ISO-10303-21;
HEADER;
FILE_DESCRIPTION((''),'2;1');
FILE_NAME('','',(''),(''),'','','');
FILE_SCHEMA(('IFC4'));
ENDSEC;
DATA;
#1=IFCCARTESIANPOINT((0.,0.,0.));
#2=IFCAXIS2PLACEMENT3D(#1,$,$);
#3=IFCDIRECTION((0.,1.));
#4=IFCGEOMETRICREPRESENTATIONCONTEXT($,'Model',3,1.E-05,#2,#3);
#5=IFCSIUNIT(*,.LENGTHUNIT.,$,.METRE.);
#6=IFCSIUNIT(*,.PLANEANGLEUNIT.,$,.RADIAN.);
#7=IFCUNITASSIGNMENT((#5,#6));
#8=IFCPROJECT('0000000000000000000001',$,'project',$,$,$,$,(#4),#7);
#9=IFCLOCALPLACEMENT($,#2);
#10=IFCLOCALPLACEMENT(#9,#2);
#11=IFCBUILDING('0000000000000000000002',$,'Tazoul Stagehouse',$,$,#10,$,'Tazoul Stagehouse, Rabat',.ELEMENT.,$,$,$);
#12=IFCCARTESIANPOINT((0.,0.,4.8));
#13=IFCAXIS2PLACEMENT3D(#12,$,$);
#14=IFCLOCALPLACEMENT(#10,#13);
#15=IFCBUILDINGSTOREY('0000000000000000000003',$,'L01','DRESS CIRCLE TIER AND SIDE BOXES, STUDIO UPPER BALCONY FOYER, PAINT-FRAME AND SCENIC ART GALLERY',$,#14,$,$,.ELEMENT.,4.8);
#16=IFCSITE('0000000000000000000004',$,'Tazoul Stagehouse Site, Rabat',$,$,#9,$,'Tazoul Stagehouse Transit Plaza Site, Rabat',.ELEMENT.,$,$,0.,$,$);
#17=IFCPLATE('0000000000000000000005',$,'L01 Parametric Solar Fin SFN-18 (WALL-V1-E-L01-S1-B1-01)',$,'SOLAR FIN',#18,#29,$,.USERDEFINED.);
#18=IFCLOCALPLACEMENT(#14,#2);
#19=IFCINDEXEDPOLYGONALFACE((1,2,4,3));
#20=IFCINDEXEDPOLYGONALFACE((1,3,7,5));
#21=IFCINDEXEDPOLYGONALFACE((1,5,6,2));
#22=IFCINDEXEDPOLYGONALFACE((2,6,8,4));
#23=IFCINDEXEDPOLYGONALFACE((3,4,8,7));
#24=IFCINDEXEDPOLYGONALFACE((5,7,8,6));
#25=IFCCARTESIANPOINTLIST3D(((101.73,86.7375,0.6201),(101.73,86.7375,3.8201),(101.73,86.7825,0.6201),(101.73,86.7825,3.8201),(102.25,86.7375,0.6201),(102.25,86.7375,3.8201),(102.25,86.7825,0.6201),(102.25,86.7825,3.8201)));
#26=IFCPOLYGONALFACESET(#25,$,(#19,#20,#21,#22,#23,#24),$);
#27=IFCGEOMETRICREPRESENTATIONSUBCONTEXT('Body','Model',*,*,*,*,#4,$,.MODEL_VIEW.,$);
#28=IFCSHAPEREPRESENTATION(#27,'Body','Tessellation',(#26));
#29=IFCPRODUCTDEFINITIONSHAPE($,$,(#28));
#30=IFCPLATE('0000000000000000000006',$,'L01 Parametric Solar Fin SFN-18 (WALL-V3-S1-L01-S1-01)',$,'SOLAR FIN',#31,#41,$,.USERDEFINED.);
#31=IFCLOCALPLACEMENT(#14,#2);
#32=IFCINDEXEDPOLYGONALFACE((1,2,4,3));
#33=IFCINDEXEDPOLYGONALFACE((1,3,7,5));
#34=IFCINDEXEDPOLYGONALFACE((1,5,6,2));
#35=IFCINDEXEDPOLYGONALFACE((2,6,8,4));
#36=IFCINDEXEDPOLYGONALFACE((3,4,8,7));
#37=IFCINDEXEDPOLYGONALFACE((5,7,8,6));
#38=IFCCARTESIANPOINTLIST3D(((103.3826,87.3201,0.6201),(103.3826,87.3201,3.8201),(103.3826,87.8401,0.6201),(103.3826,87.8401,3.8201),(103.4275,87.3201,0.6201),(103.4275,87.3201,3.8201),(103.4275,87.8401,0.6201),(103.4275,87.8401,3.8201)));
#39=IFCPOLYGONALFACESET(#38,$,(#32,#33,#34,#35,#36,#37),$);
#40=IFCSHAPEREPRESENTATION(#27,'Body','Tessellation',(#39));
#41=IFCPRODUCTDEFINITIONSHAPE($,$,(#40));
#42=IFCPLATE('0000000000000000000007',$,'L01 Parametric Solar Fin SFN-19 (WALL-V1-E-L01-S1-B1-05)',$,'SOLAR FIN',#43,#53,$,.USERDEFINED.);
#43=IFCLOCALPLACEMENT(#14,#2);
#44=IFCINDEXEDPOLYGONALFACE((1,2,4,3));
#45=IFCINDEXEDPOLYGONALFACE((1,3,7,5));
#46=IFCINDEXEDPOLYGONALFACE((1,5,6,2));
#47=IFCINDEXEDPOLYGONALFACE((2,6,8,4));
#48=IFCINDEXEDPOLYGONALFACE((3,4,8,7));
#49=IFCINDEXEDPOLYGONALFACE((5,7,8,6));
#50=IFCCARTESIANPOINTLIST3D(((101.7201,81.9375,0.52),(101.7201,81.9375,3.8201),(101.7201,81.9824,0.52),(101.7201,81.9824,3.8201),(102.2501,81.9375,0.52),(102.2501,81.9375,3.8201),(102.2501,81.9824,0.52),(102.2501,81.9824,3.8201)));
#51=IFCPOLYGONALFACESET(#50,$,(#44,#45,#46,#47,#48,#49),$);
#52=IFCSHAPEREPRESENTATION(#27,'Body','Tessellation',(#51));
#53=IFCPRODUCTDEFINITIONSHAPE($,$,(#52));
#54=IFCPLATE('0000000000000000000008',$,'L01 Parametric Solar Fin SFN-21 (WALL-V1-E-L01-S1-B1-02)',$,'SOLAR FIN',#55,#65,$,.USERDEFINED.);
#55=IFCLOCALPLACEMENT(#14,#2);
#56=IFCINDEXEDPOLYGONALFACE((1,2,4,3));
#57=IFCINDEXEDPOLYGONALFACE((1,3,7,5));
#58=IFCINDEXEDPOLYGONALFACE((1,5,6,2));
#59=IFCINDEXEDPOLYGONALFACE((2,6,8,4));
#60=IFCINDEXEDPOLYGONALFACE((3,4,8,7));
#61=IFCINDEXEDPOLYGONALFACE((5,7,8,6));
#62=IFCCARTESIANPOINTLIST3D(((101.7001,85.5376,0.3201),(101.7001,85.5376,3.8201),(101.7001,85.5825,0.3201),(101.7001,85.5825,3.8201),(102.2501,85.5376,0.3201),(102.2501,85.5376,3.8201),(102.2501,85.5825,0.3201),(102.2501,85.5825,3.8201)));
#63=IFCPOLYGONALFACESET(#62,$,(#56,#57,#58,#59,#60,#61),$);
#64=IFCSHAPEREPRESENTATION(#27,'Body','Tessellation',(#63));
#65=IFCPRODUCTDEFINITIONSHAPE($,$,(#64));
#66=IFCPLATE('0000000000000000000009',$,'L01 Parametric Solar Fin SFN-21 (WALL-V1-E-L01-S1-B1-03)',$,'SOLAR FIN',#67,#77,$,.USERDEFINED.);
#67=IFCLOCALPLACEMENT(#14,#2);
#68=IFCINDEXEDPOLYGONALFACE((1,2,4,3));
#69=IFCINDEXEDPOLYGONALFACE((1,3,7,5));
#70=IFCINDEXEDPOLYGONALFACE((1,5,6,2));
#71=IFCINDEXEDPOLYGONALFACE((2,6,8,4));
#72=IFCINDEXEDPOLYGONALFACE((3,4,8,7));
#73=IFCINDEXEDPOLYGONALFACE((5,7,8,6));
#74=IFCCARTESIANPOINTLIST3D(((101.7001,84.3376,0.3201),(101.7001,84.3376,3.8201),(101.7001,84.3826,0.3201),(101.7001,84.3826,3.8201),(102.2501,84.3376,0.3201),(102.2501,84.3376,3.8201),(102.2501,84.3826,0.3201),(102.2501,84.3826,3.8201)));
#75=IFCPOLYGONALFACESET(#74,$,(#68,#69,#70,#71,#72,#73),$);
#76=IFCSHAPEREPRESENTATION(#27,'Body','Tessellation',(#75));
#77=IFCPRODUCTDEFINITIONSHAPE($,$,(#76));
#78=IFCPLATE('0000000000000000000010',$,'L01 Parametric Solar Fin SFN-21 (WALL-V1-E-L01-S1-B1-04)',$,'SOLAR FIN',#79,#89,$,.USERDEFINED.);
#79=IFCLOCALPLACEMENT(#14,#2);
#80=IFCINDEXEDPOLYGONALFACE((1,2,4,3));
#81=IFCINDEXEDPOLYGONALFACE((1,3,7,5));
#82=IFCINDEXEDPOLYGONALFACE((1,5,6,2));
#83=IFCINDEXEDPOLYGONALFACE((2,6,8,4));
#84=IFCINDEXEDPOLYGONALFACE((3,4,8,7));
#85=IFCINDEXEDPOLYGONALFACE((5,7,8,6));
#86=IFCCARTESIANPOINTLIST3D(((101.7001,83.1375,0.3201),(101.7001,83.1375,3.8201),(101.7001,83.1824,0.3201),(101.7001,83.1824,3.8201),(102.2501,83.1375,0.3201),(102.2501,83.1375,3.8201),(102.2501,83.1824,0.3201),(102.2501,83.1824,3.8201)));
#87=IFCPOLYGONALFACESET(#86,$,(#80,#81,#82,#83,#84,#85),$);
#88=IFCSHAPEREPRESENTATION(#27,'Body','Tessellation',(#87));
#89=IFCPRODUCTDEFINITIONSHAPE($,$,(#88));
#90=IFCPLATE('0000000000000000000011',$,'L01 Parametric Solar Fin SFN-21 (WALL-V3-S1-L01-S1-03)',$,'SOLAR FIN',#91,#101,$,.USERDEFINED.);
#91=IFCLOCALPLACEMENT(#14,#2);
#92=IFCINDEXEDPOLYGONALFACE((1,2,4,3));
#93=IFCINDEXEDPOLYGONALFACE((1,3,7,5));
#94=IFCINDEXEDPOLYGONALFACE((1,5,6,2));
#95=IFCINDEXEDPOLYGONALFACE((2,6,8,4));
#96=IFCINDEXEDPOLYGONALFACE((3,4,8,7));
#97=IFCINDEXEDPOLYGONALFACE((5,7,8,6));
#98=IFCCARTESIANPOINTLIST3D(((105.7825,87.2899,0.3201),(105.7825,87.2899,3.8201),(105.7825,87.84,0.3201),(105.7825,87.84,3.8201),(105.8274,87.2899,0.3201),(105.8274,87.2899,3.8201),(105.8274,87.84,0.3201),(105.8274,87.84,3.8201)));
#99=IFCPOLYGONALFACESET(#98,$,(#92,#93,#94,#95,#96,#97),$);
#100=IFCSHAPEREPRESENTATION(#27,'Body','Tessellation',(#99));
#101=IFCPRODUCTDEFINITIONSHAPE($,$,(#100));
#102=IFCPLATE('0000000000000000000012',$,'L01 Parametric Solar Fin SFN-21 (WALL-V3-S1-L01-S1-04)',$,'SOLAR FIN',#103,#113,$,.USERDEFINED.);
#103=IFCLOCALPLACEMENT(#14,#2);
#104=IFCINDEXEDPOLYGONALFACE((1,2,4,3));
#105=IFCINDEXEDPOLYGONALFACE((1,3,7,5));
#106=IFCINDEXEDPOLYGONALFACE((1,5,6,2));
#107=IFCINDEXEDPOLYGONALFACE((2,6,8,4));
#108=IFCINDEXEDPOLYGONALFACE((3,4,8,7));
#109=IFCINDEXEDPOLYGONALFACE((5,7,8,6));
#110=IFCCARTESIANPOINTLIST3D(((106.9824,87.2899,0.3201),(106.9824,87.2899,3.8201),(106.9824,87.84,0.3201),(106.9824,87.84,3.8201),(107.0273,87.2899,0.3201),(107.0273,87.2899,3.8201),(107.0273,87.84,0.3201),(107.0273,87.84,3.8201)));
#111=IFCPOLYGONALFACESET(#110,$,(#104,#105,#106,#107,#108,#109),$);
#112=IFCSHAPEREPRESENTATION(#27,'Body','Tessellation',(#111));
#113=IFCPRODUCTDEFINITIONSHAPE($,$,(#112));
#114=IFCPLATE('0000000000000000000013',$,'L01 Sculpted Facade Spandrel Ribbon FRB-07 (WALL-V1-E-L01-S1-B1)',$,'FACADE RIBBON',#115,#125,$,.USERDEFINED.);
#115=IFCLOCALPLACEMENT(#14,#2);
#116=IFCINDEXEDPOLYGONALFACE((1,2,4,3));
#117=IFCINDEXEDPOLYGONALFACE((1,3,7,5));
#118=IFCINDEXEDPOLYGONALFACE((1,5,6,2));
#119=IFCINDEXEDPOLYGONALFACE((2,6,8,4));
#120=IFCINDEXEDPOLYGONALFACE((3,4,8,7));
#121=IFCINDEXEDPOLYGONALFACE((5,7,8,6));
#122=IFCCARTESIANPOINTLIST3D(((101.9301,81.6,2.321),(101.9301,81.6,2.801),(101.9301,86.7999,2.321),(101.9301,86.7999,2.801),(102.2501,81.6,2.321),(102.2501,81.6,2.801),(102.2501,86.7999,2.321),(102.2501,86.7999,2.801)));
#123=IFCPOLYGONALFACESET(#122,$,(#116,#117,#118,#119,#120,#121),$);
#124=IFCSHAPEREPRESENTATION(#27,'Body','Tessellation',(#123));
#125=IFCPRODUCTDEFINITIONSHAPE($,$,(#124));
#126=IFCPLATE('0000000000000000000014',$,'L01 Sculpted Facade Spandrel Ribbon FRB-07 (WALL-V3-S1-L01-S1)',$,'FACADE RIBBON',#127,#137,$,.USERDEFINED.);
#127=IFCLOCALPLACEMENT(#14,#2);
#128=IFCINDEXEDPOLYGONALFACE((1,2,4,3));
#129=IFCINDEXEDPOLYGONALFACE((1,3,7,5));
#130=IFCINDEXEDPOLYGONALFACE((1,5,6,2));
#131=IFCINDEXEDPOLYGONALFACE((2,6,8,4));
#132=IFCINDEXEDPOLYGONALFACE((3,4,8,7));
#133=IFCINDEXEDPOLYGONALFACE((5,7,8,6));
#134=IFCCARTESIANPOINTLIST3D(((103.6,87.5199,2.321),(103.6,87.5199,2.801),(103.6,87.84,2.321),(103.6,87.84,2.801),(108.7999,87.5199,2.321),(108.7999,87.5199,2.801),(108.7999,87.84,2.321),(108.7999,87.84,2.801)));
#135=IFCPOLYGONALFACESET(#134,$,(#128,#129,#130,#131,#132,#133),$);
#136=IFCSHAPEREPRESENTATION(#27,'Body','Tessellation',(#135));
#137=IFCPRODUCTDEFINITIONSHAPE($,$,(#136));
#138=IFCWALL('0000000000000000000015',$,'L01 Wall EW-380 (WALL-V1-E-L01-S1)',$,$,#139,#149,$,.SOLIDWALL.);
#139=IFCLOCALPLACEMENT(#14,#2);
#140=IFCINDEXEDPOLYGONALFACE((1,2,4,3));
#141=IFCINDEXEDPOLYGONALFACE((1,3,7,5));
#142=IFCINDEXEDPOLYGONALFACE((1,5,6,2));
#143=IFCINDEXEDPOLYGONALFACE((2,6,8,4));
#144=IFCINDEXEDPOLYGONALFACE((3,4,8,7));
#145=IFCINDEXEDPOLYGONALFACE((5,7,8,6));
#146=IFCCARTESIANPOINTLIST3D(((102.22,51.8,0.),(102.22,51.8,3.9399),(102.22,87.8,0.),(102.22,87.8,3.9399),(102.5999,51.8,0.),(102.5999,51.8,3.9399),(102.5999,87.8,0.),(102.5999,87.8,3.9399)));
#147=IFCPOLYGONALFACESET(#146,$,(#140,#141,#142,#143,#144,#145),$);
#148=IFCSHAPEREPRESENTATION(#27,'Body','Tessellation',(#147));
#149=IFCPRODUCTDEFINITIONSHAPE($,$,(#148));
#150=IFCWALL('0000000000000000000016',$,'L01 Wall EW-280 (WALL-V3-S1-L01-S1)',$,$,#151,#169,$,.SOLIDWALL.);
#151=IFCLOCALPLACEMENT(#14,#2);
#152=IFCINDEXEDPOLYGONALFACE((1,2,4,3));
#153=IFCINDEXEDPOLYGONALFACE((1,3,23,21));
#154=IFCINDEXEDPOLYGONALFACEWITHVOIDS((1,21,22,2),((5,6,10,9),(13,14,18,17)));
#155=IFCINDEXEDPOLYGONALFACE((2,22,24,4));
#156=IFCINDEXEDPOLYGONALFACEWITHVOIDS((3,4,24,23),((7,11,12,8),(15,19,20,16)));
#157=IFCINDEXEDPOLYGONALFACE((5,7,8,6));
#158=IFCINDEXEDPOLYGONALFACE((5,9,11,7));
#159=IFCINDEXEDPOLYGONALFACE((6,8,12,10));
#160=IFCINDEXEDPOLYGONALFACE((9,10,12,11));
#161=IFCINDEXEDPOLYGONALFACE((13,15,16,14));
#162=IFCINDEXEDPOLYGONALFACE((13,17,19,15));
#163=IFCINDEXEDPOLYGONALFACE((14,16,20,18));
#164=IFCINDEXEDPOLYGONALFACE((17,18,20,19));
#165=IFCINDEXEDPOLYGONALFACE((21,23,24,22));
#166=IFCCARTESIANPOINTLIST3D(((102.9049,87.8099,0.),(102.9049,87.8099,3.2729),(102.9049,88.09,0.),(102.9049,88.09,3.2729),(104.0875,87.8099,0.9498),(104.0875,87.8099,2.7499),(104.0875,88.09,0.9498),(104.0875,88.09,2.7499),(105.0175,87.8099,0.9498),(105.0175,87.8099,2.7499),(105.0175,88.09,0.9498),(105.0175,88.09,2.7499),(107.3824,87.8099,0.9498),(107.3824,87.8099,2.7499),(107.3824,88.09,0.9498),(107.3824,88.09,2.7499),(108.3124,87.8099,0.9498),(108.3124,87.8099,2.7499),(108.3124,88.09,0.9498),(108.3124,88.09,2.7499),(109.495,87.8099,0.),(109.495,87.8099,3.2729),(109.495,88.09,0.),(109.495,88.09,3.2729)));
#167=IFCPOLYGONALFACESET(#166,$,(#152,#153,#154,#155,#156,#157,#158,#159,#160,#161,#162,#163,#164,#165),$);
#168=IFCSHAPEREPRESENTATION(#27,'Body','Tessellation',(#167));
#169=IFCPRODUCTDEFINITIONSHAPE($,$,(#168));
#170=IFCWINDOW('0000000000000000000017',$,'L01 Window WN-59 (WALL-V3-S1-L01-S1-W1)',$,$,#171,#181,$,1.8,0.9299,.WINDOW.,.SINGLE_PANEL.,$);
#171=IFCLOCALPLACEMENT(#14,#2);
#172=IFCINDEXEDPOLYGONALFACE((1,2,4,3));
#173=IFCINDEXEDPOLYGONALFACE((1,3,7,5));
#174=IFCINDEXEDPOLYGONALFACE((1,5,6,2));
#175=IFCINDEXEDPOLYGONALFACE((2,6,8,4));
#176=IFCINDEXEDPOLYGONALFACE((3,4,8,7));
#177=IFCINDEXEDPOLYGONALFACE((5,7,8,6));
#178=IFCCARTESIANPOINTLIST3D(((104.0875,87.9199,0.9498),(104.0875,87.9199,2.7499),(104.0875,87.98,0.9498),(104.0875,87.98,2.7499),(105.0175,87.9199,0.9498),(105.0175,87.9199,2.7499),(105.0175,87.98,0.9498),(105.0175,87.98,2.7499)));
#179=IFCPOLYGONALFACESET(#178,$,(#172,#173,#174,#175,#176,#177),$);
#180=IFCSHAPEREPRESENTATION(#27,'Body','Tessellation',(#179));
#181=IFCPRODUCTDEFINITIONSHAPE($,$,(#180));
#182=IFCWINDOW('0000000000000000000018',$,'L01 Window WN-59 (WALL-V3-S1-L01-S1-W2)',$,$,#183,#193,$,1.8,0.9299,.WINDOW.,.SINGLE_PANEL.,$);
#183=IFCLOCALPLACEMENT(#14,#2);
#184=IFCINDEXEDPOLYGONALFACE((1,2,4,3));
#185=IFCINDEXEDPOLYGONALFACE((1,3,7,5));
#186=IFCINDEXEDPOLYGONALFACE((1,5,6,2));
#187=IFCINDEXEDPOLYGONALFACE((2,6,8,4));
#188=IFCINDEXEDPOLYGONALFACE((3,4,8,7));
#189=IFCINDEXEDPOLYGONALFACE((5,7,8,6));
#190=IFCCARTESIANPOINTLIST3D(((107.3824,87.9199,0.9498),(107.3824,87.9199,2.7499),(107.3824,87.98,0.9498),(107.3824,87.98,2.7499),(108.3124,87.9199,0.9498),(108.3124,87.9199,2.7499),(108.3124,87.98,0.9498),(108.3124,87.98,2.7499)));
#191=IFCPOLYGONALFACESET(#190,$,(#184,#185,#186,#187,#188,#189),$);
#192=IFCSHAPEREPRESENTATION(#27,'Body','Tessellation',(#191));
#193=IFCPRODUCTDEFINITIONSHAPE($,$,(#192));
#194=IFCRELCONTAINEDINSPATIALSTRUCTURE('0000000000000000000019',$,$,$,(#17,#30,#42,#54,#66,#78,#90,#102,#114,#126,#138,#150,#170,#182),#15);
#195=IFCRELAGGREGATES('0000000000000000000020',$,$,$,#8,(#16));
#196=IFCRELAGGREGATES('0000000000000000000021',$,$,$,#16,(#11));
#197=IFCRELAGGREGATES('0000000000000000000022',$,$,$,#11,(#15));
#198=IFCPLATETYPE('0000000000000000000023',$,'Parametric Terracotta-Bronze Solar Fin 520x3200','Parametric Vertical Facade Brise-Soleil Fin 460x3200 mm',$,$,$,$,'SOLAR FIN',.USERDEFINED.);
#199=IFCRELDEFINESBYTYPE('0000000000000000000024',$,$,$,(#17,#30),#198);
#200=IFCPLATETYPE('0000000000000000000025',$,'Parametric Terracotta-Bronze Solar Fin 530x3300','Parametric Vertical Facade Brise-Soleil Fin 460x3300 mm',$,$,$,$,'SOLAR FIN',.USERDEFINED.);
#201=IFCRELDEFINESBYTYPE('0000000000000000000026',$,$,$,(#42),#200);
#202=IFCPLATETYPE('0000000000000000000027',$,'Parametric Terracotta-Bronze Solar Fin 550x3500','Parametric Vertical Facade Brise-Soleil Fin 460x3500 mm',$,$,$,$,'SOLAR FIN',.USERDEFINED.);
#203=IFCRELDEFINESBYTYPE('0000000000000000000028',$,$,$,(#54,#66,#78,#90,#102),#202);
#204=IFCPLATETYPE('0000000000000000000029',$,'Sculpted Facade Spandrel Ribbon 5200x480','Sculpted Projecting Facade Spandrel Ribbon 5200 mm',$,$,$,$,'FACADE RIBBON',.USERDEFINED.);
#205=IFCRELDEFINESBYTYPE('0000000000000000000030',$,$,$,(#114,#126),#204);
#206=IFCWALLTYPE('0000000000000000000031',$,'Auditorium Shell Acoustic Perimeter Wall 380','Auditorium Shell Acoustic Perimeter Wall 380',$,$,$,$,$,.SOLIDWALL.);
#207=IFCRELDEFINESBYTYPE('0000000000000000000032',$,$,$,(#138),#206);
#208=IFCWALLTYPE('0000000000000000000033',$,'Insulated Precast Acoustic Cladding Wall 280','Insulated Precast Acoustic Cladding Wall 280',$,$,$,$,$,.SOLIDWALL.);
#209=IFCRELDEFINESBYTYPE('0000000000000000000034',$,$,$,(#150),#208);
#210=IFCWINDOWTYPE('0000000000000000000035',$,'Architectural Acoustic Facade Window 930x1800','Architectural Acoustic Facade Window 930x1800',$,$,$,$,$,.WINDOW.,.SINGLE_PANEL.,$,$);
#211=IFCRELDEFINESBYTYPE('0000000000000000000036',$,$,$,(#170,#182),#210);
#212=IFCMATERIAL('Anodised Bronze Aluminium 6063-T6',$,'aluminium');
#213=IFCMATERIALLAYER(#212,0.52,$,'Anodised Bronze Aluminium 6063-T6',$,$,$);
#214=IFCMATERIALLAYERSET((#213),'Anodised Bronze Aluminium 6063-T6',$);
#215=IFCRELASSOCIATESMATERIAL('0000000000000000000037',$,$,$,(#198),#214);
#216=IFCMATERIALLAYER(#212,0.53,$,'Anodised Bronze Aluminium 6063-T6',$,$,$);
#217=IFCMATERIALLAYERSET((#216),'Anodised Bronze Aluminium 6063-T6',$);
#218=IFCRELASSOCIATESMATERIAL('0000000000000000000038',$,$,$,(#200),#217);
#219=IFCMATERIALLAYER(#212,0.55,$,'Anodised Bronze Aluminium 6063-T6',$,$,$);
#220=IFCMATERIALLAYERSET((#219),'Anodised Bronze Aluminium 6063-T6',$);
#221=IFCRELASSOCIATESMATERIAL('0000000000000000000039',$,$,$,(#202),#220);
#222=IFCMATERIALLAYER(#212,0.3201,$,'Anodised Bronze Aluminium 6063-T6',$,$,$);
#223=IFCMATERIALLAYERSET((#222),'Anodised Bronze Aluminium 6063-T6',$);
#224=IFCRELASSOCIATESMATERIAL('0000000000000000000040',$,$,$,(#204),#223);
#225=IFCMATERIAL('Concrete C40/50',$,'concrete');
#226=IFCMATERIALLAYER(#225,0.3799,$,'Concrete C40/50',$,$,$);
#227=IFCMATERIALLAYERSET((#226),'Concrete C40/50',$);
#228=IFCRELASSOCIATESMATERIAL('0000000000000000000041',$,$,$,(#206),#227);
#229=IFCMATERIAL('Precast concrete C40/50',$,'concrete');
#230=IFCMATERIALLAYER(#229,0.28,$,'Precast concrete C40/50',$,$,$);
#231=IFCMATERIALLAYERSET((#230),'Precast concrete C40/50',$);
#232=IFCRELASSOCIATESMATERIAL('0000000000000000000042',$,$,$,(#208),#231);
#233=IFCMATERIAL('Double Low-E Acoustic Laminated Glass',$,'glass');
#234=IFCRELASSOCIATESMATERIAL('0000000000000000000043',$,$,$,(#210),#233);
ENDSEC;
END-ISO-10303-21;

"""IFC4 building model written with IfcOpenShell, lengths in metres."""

from ifc_helpers import new_model, si_unit, direction, frame, frame_2d, origin, origin_2d, place, context, subcontext, project, spatial, rectangle, extrude, material, layer, layer_set, type_object, element, fill, save


model = new_model("IFC4")

# Units and contexts
model_context = context("Model", 3, precision=1e-05, world=origin(), true_north=direction((0.0, 1.0)))
body_context = subcontext(model_context, "Body", "Model", "MODEL_VIEW")
ifc_project = project(units=[si_unit("LENGTHUNIT", "METRE"), si_unit("PLANEANGLEUNIT", "RADIAN")], contexts=[model_context])

# Site, building, storey
site_placement = place(None, origin())
site = spatial("IfcSite", under=ifc_project, at=site_placement, Name="Tazoul Stagehouse Site, Rabat", LongName="Tazoul Stagehouse Transit Plaza Site, Rabat", CompositionType="ELEMENT", RefElevation=0.0)
building_placement = place(site_placement, origin())
building = spatial("IfcBuilding", under=site, at=building_placement, Name="Tazoul Stagehouse", LongName="Tazoul Stagehouse, Rabat", CompositionType="ELEMENT")
storey_placement = place(building_placement, frame((0.0, 0.0, 4.8)))
storey = spatial("IfcBuildingStorey", under=building, at=storey_placement, Name="L01", Description="DRESS CIRCLE TIER AND SIDE BOXES, STUDIO UPPER BALCONY FOYER, PAINT-FRAME AND SCENIC ART GALLERY", CompositionType="ELEMENT", Elevation=4.8)

# Shared definitions
ifc_material_1 = material(Name="Concrete C40/50", Category="concrete")

# Plates
ifc_material_2 = material(Name="Anodised Bronze Aluminium 6063-T6", Category="aluminium")
ifc_layer_1 = layer(ifc_material_2, 0.52, Name="Anodised Bronze Aluminium 6063-T6")
ifc_layer_set_1 = layer_set([ifc_layer_1], Name="Anodised Bronze Aluminium 6063-T6")
plate_type_1 = type_object("IfcPlateType", Name="Parametric Terracotta-Bronze Solar Fin 520x3200", Description="Parametric Vertical Facade Brise-Soleil Fin 460x3200 mm", ElementType="SOLAR FIN", PredefinedType="USERDEFINED", material=ifc_layer_set_1)
for number, where, z_axis, x_axis, name in (
    (1, (101.99, 86.76, 0.6201), (0.0, 0.0, 1.0), (0.0, -1.0, 0.0), "L01 Parametric Solar Fin SFN-18 (WALL-V1-E-L01-S1-B1-01)"),
    (2, (103.405, 87.5801, 0.6201), (0.0, 0.0, 1.0), (1.0, 0.0, 0.0), "L01 Parametric Solar Fin SFN-18 (WALL-V3-S1-L01-S1-01)"),
):
    element("IfcPlate", number, at=place(storey_placement, frame(where, z_axis=z_axis, x_axis=x_axis)), inside=storey, type_object=plate_type_1, Name=name, ObjectType="SOLAR FIN", PredefinedType="USERDEFINED", context=body_context, shape_type="SweptSolid", body=[
        extrude(rectangle(XDim=0.0449, YDim=0.52, at=origin_2d()), origin(), (0.0, 0.0, 1.0), 3.2),
    ])
ifc_layer_2 = layer(ifc_material_2, 0.53, Name="Anodised Bronze Aluminium 6063-T6")
ifc_layer_set_2 = layer_set([ifc_layer_2], Name="Anodised Bronze Aluminium 6063-T6")
plate_type_2 = type_object("IfcPlateType", Name="Parametric Terracotta-Bronze Solar Fin 530x3300", Description="Parametric Vertical Facade Brise-Soleil Fin 460x3300 mm", ElementType="SOLAR FIN", PredefinedType="USERDEFINED", material=ifc_layer_set_2)
plate_placement = place(storey_placement, frame((101.9851, 81.96, 0.52), z_axis=(0.0, 0.0, 1.0), x_axis=(0.0, -1.0, 0.0)))
element("IfcPlate", 3, at=plate_placement, inside=storey, type_object=plate_type_2, Name="L01 Parametric Solar Fin SFN-19 (WALL-V1-E-L01-S1-B1-05)", ObjectType="SOLAR FIN", PredefinedType="USERDEFINED", context=body_context, shape_type="SweptSolid", body=[
    extrude(rectangle(XDim=0.0449, YDim=0.53, at=origin_2d()), origin(), (0.0, 0.0, 1.0), 3.3),
])
ifc_layer_3 = layer(ifc_material_2, 0.55, Name="Anodised Bronze Aluminium 6063-T6")
ifc_layer_set_3 = layer_set([ifc_layer_3], Name="Anodised Bronze Aluminium 6063-T6")
plate_type_3 = type_object("IfcPlateType", Name="Parametric Terracotta-Bronze Solar Fin 550x3500", Description="Parametric Vertical Facade Brise-Soleil Fin 460x3500 mm", ElementType="SOLAR FIN", PredefinedType="USERDEFINED", material=ifc_layer_set_3)
for number, where, z_axis, x_axis, name in (
    (4, (101.9751, 85.5601, 0.3201), (0.0, 0.0, 1.0), (0.0, -1.0, 0.0), "L01 Parametric Solar Fin SFN-21 (WALL-V1-E-L01-S1-B1-02)"),
    (5, (101.9751, 84.3601, 0.3201), (0.0, 0.0, 1.0), (0.0, -1.0, 0.0), "L01 Parametric Solar Fin SFN-21 (WALL-V1-E-L01-S1-B1-03)"),
    (6, (101.9751, 83.1599, 0.3201), (0.0, 0.0, 1.0), (0.0, -1.0, 0.0), "L01 Parametric Solar Fin SFN-21 (WALL-V1-E-L01-S1-B1-04)"),
    (7, (105.8049, 87.5649, 0.3201), (0.0, 0.0, 1.0), (1.0, 0.0, 0.0), "L01 Parametric Solar Fin SFN-21 (WALL-V3-S1-L01-S1-03)"),
    (8, (107.0049, 87.5649, 0.3201), (0.0, 0.0, 1.0), (1.0, 0.0, 0.0), "L01 Parametric Solar Fin SFN-21 (WALL-V3-S1-L01-S1-04)"),
):
    element("IfcPlate", number, at=place(storey_placement, frame(where, z_axis=z_axis, x_axis=x_axis)), inside=storey, type_object=plate_type_3, Name=name, ObjectType="SOLAR FIN", PredefinedType="USERDEFINED", context=body_context, shape_type="SweptSolid", body=[
        extrude(rectangle(XDim=0.0449, YDim=0.55, at=origin_2d()), origin(), (0.0, 0.0, 1.0), 3.5),
    ])
ifc_layer_4 = layer(ifc_material_2, 0.3201, Name="Anodised Bronze Aluminium 6063-T6")
ifc_layer_set_4 = layer_set([ifc_layer_4], Name="Anodised Bronze Aluminium 6063-T6")
plate_type_4 = type_object("IfcPlateType", Name="Sculpted Facade Spandrel Ribbon 5200x480", Description="Sculpted Projecting Facade Spandrel Ribbon 5200 mm", ElementType="FACADE RIBBON", PredefinedType="USERDEFINED", material=ifc_layer_set_4)
for number, where, z_axis, x_axis, name in (
    (9, (102.0901, 84.2, 2.321), (0.0, 0.0, 1.0), (0.0, -1.0, 0.0), "L01 Sculpted Facade Spandrel Ribbon FRB-07 (WALL-V1-E-L01-S1-B1)"),
    (10, (106.2, 87.6799, 2.321), (0.0, 0.0, 1.0), (1.0, 0.0, 0.0), "L01 Sculpted Facade Spandrel Ribbon FRB-07 (WALL-V3-S1-L01-S1)"),
):
    element("IfcPlate", number, at=place(storey_placement, frame(where, z_axis=z_axis, x_axis=x_axis)), inside=storey, type_object=plate_type_4, Name=name, ObjectType="FACADE RIBBON", PredefinedType="USERDEFINED", context=body_context, shape_type="SweptSolid", body=[
        extrude(rectangle(XDim=5.2, YDim=0.3201, at=origin_2d()), origin(), (0.0, 0.0, 1.0), 0.48),
    ])

# Wall
ifc_layer_5 = layer(ifc_material_1, 0.3799, Name="Concrete C40/50")
ifc_layer_set_5 = layer_set([ifc_layer_5], Name="Concrete C40/50")
wall_type_1 = type_object("IfcWallType", Name="Auditorium Shell Acoustic Perimeter Wall 380", Description="Auditorium Shell Acoustic Perimeter Wall 380", PredefinedType="SOLIDWALL", material=ifc_layer_set_5)
wall_1_placement = place(storey_placement, frame((102.4099, 87.8, 0.0), z_axis=(0.0, 0.0, 1.0), x_axis=(0.0, -1.0, 0.0)))
element("IfcWall", 11, at=wall_1_placement, inside=storey, type_object=wall_type_1, Name="L01 Wall EW-380 (WALL-V1-E-L01-S1)", PredefinedType="SOLIDWALL", context=body_context, shape_type="SweptSolid", body=[
    extrude(rectangle(XDim=36.0, YDim=0.3799, at=frame_2d((18.0, 0.0))), origin(), (0.0, 0.0, 1.0), 3.9399),
])

# Wall, openings, windows
ifc_material_3 = material(Name="Precast concrete C40/50", Category="concrete")
ifc_layer_6 = layer(ifc_material_3, 0.28, Name="Precast concrete C40/50")
ifc_layer_set_6 = layer_set([ifc_layer_6], Name="Precast concrete C40/50")
wall_type_2 = type_object("IfcWallType", Name="Insulated Precast Acoustic Cladding Wall 280", Description="Insulated Precast Acoustic Cladding Wall 280", PredefinedType="SOLIDWALL", material=ifc_layer_set_6)
wall_2_placement = place(storey_placement, frame((102.905, 87.95, 0.0), z_axis=(0.0, 0.0, 1.0), x_axis=(1.0, 0.0, 0.0)))
wall_2 = element("IfcWall", 12, at=wall_2_placement, inside=storey, type_object=wall_type_2, Name="L01 Wall EW-280 (WALL-V3-S1-L01-S1)", PredefinedType="SOLIDWALL", context=body_context, shape_type="SweptSolid", body=[
    extrude(rectangle(XDim=6.5901, YDim=0.28, at=frame_2d((3.2949, 0.0))), origin(), (0.0, 0.0, 1.0), 3.2729),
])
opening_1_placement = place(wall_2_placement, frame((1.1826, 0.0, 0.95)))
opening_1 = element("IfcOpeningElement", 13, at=opening_1_placement, cuts=wall_2, PredefinedType="OPENING", context=body_context, shape_type="SweptSolid", body=[
    extrude(rectangle(XDim=0.9299, YDim=1.8, at=frame_2d((0.4648, 0.8999))), frame((0.0, 0.1599, 0.0), z_axis=(0.0, -1.0, 0.0), x_axis=(1.0, 0.0, 0.0)), (0.0, 0.0, 1.0), 0.3201),
])
opening_2_placement = place(wall_2_placement, frame((4.4775, 0.0, 0.95)))
opening_2 = element("IfcOpeningElement", 14, at=opening_2_placement, cuts=wall_2, PredefinedType="OPENING", context=body_context, shape_type="SweptSolid", body=[
    extrude(rectangle(XDim=0.9299, YDim=1.8, at=frame_2d((0.4648, 0.8999))), frame((0.0, 0.1599, 0.0), z_axis=(0.0, -1.0, 0.0), x_axis=(1.0, 0.0, 0.0)), (0.0, 0.0, 1.0), 0.3201),
])
ifc_material_4 = material(Name="Double Low-E Acoustic Laminated Glass", Category="glass")
window_type = type_object("IfcWindowType", Name="Architectural Acoustic Facade Window 930x1800", Description="Architectural Acoustic Facade Window 930x1800", PartitioningType="SINGLE_PANEL", PredefinedType="WINDOW", material=ifc_material_4)
window_1_placement = place(opening_1_placement, origin())
window_1 = element("IfcWindow", 15, at=window_1_placement, inside=storey, type_object=window_type, Name="L01 Window WN-59 (WALL-V3-S1-L01-S1-W1)", OverallHeight=1.8, OverallWidth=0.9299, PartitioningType="SINGLE_PANEL", PredefinedType="WINDOW", context=body_context, shape_type="SweptSolid", body=[
    extrude(rectangle(XDim=0.9299, YDim=1.8, at=frame_2d((0.4648, 0.8999))), frame((0.0, 0.03, 0.0), z_axis=(0.0, -1.0, 0.0), x_axis=(1.0, 0.0, 0.0)), (0.0, 0.0, 1.0), 0.0601),
])
fill(opening_1, window_1)
window_2_placement = place(opening_2_placement, origin())
window_2 = element("IfcWindow", 16, at=window_2_placement, inside=storey, type_object=window_type, Name="L01 Window WN-59 (WALL-V3-S1-L01-S1-W2)", OverallHeight=1.8, OverallWidth=0.9299, PartitioningType="SINGLE_PANEL", PredefinedType="WINDOW", context=body_context, shape_type="SweptSolid", body=[
    extrude(rectangle(XDim=0.9299, YDim=1.8, at=frame_2d((0.4648, 0.8999))), frame((0.0, 0.03, 0.0), z_axis=(0.0, -1.0, 0.0), x_axis=(1.0, 0.0, 0.0)), (0.0, 0.0, 1.0), 0.0601),
])
fill(opening_2, window_2)

save(model, "model.ifc")
